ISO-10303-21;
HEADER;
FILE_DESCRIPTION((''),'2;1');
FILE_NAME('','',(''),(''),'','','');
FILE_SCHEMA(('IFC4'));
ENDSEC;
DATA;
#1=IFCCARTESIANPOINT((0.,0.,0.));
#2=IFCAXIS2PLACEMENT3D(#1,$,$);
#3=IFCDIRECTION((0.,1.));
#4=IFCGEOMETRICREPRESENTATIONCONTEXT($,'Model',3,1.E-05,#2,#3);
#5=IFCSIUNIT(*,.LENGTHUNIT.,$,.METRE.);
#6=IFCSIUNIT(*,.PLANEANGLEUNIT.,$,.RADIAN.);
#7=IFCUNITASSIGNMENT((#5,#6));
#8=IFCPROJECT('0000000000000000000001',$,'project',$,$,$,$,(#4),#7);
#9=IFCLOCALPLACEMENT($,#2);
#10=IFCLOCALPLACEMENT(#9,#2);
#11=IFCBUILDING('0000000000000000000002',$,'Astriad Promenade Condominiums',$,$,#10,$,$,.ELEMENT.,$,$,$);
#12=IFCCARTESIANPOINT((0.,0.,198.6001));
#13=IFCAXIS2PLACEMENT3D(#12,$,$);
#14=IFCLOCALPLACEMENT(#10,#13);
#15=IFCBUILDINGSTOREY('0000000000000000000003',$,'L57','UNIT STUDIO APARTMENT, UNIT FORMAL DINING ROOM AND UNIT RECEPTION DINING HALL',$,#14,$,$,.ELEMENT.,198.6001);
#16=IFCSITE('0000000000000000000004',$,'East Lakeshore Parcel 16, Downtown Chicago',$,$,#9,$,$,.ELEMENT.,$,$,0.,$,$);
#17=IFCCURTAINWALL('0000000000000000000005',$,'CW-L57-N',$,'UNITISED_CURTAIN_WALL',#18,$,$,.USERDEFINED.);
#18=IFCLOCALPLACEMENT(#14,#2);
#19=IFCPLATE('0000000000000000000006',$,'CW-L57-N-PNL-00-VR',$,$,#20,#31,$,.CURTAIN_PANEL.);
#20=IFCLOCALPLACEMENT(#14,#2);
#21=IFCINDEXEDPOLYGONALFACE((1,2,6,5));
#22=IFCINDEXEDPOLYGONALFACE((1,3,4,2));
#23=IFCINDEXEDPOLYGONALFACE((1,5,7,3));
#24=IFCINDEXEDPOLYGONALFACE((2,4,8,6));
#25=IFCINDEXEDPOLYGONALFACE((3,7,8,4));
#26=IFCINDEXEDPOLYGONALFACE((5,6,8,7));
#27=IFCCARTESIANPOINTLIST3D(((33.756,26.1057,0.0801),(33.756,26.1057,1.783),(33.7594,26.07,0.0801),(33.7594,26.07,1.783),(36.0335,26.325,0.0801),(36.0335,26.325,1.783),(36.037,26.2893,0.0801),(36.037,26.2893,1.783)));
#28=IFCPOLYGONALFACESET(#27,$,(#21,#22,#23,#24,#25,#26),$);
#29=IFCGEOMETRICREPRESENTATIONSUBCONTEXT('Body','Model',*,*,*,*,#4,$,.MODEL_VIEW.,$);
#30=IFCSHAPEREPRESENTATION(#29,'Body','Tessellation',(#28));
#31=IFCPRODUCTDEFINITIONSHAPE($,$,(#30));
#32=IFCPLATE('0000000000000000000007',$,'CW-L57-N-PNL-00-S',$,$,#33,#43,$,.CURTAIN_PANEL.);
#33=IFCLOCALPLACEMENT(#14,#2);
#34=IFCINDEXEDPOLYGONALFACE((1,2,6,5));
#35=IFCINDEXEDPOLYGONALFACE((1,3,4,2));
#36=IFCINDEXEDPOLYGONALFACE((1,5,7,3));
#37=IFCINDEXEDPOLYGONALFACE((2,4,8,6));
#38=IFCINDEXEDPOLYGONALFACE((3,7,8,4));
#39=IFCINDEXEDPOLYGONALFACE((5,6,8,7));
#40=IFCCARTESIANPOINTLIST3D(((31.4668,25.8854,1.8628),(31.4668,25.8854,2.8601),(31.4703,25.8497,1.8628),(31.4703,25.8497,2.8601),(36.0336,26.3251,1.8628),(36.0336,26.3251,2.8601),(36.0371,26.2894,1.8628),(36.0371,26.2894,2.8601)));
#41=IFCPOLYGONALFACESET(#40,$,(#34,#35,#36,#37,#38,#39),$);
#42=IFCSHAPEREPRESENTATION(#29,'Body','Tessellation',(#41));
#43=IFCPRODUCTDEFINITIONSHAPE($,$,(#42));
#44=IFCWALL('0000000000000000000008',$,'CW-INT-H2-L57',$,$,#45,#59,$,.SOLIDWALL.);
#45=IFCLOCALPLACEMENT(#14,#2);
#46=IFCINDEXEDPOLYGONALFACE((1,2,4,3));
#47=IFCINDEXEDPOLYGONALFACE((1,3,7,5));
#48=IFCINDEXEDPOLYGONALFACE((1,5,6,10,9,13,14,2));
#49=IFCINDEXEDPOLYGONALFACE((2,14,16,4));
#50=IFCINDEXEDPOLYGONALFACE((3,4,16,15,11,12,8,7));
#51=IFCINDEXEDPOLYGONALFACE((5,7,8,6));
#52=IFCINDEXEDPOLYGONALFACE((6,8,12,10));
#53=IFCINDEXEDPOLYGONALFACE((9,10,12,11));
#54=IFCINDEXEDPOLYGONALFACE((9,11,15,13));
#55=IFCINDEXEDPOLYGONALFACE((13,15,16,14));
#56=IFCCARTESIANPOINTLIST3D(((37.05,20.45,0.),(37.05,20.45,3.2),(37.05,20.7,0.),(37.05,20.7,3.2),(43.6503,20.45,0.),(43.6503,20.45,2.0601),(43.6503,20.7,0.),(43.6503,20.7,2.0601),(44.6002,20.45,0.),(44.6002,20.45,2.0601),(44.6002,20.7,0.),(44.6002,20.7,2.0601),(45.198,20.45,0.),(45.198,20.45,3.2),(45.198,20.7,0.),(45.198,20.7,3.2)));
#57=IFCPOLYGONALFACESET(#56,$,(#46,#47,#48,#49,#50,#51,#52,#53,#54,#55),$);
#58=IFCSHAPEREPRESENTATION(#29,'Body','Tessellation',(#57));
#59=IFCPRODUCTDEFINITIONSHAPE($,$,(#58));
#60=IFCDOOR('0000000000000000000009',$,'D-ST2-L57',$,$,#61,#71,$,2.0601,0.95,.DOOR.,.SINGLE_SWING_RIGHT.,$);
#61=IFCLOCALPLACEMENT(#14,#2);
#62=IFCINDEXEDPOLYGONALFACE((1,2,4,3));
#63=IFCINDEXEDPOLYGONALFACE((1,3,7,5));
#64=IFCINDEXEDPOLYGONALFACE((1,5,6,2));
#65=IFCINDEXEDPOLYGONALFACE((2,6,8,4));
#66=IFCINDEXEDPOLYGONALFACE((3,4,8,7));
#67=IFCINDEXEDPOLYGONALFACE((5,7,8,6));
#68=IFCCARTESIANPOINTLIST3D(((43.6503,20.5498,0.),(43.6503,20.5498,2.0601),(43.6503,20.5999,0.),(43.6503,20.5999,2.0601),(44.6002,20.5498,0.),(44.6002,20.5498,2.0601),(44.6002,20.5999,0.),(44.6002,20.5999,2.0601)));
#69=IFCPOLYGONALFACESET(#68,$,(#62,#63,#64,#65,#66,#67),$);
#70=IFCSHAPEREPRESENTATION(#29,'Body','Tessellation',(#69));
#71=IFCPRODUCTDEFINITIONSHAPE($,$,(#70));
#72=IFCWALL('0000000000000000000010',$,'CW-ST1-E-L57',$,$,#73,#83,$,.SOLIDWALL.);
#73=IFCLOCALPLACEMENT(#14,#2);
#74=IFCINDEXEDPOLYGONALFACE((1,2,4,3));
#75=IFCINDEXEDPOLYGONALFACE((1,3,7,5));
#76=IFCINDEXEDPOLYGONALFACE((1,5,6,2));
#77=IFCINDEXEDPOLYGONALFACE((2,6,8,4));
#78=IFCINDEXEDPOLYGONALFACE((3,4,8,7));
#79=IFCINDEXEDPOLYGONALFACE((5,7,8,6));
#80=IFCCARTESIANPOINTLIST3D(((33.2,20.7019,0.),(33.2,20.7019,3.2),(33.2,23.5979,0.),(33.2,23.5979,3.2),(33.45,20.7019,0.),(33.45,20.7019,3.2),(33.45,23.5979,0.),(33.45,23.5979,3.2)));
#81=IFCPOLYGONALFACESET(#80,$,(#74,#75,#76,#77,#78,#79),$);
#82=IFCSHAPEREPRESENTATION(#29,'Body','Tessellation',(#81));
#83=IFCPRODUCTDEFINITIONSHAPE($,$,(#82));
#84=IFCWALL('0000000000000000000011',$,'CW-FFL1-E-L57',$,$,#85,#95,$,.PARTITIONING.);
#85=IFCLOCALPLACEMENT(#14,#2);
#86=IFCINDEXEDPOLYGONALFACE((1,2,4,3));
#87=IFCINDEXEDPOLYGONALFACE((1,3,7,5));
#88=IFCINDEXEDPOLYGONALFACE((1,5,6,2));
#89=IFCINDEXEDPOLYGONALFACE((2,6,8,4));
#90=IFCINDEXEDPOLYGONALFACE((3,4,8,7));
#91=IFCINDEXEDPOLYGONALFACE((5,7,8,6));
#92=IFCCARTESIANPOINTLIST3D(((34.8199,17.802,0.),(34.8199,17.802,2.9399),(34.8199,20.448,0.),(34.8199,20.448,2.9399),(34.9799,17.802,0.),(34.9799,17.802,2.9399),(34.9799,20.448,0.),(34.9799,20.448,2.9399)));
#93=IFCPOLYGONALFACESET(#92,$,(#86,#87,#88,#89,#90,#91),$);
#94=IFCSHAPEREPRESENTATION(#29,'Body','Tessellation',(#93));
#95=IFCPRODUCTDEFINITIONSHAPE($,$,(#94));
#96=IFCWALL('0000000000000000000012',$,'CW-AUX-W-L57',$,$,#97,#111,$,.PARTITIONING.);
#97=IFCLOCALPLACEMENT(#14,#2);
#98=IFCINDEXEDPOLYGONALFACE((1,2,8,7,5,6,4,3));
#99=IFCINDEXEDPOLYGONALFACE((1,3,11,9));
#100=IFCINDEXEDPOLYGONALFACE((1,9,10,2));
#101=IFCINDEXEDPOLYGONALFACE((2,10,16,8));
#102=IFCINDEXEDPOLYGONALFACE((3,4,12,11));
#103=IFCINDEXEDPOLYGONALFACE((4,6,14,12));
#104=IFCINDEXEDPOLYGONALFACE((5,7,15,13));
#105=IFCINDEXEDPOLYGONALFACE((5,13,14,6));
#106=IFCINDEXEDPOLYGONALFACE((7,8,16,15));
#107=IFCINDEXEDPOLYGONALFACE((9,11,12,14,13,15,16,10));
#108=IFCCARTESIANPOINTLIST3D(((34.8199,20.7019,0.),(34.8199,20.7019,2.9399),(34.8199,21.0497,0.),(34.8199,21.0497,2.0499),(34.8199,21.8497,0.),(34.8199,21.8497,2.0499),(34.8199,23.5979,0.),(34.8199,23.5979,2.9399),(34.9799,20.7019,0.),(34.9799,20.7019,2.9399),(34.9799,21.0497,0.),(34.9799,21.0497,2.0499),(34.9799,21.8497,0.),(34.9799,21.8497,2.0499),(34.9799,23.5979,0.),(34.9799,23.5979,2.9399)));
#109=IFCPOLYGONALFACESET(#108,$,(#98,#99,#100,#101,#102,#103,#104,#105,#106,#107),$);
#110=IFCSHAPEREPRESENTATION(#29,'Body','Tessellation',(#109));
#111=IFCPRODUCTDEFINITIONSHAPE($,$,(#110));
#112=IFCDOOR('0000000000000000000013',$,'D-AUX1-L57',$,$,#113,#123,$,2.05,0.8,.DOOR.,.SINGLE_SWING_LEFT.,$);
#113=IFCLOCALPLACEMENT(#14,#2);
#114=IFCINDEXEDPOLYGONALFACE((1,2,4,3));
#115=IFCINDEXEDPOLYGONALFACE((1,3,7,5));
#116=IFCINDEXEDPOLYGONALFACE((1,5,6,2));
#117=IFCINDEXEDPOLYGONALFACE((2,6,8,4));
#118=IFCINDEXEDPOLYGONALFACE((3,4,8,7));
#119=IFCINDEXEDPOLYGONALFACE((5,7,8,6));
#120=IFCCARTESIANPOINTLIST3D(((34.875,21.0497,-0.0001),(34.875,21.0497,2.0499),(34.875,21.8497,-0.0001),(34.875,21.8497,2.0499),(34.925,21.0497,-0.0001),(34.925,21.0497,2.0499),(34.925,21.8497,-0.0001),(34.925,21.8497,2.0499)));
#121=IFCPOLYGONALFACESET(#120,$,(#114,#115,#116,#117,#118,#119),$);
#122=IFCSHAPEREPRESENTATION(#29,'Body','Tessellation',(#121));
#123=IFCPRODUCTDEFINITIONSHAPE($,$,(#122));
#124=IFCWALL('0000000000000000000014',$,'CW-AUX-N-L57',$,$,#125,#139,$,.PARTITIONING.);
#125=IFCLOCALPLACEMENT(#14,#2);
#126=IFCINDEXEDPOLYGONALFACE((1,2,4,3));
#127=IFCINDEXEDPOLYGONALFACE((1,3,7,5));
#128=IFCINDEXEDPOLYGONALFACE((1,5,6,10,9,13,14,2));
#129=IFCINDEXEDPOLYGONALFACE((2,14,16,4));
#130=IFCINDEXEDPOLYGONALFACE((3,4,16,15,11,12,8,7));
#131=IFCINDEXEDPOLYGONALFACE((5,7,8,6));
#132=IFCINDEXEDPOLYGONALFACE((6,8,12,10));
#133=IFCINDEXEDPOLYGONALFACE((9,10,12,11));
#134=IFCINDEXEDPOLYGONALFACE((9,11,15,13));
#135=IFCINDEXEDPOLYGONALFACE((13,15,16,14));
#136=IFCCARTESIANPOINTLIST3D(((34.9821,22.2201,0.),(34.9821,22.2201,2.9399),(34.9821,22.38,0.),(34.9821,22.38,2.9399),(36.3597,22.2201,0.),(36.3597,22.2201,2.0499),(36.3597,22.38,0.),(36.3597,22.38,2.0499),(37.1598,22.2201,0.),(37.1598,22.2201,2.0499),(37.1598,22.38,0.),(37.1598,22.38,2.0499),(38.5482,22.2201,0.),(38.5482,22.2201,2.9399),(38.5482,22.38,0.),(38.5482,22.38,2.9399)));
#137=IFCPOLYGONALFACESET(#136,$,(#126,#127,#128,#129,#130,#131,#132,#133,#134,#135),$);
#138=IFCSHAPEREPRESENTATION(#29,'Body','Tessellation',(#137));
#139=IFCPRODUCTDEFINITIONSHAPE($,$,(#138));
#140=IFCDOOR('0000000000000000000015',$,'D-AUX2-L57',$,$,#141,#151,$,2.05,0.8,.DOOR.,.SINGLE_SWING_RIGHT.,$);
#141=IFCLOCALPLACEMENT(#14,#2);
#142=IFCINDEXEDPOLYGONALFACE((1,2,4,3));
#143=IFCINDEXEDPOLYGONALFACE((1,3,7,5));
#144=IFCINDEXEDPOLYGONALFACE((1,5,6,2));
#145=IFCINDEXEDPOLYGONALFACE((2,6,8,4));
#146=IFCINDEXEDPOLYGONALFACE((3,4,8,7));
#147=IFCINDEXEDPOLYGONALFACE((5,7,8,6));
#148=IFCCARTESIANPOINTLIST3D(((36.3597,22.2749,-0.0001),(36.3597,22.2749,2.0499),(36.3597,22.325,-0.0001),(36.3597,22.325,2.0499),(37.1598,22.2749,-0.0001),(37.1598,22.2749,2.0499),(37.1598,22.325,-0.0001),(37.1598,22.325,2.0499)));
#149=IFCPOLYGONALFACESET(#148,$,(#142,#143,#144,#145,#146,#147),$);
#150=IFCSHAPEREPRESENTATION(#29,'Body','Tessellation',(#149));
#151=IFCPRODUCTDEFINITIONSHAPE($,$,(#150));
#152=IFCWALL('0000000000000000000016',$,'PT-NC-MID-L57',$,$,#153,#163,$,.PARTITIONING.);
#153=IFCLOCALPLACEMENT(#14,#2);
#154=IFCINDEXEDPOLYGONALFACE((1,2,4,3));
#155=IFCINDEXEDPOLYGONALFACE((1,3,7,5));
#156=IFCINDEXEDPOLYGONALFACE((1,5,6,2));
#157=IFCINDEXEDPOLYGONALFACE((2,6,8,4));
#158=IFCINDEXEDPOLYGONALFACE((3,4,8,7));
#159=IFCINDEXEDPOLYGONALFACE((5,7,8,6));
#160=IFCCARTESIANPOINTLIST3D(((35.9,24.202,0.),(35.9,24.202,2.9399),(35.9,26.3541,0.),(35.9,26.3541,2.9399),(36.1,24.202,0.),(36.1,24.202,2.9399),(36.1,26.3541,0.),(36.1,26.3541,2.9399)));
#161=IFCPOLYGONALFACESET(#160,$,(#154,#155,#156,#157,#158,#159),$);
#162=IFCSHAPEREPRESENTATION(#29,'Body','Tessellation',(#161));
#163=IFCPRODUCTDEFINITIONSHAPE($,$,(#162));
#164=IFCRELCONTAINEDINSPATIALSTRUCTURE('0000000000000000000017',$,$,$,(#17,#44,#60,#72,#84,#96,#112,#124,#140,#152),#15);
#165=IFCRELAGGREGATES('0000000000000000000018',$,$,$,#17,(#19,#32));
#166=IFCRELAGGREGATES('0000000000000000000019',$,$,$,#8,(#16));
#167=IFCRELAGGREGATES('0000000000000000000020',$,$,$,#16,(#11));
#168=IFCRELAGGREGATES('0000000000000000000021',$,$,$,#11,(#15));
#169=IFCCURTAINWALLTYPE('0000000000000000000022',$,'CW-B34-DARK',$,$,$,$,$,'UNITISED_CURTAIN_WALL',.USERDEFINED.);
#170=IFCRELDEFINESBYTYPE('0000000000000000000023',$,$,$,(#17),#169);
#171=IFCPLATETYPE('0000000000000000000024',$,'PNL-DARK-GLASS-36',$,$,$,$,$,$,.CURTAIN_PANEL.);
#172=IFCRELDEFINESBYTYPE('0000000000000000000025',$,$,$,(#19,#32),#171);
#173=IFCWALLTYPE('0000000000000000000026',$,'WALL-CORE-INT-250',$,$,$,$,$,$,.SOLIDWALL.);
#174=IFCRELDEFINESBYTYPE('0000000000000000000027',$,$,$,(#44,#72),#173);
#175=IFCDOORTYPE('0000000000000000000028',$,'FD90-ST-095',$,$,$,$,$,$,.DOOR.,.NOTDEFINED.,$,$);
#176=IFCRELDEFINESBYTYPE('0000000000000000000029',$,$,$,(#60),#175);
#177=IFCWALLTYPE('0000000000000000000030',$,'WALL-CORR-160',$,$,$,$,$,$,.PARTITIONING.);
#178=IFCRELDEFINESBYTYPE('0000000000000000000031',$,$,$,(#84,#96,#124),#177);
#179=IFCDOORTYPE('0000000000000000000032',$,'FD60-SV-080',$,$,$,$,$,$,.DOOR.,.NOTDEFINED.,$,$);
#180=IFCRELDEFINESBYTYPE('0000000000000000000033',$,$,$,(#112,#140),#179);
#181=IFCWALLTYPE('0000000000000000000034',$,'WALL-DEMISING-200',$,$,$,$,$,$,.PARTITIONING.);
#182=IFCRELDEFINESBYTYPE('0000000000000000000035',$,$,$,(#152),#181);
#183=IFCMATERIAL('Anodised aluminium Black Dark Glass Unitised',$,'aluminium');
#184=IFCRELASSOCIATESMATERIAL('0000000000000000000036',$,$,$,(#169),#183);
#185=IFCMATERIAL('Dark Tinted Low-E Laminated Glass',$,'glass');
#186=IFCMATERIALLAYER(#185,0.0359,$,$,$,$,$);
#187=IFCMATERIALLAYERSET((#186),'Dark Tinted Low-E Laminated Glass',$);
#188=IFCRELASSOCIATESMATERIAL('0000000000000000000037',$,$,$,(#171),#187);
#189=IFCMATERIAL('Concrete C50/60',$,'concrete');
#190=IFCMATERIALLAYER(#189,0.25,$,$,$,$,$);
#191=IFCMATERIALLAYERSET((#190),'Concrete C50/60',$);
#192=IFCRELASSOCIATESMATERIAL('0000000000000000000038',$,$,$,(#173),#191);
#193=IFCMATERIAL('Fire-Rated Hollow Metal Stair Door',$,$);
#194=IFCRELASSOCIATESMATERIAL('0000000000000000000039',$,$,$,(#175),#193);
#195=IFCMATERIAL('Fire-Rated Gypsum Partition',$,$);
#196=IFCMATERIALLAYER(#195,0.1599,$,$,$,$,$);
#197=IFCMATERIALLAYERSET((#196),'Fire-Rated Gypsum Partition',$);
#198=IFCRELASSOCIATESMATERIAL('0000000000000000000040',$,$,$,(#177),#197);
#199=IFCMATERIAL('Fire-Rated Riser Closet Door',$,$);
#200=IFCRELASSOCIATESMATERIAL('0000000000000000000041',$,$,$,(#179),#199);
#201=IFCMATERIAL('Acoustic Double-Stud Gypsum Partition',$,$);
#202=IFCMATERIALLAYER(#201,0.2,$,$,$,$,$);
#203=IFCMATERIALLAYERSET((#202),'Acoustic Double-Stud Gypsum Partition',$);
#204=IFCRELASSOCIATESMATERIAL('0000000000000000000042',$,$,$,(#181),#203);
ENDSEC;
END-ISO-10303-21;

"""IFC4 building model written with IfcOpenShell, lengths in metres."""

from ifc_helpers import new_model, si_unit, direction, frame, frame_2d, origin, origin_2d, place, context, subcontext, project, spatial, rectangle, extrude, source, transform, mapped, material, layer, layer_set, type_object, type_shapes, element, fill, aggregate, save


model = new_model("IFC4")

# Units and contexts
model_context = context("Model", 3, precision=1e-05, world=origin(), true_north=direction((0.0, 1.0)))
body_context = subcontext(model_context, "Body", "Model", "MODEL_VIEW")
ifc_project = project(units=[si_unit("LENGTHUNIT", "METRE"), si_unit("PLANEANGLEUNIT", "RADIAN")], contexts=[model_context])

# Site, building, storey
site_placement = place(None, origin())
site = spatial("IfcSite", under=ifc_project, at=site_placement, Name="East Lakeshore Parcel 16, Downtown Chicago", CompositionType="ELEMENT", RefElevation=0.0)
building_placement = place(site_placement, origin())
building = spatial("IfcBuilding", under=site, at=building_placement, Name="Astriad Promenade Condominiums", CompositionType="ELEMENT")
storey_placement = place(building_placement, frame((0.0, 0.0, 198.6001)))
storey = spatial("IfcBuildingStorey", under=building, at=storey_placement, Name="L57", Description="UNIT STUDIO APARTMENT, UNIT FORMAL DINING ROOM AND UNIT RECEPTION DINING HALL", CompositionType="ELEMENT", Elevation=198.6001)

# Curtain wall, plates
ifc_material_1 = material(Name="Anodised aluminium Black Dark Glass Unitised", Category="aluminium")
curtain_wall_type = type_object("IfcCurtainWallType", Name="CW-B34-DARK", ElementType="UNITISED_CURTAIN_WALL", PredefinedType="USERDEFINED", material=ifc_material_1)
curtain_wall_placement = place(storey_placement, origin())
curtain_wall = element("IfcCurtainWall", 1, at=curtain_wall_placement, inside=storey, type_object=curtain_wall_type, Name="CW-L57-N", ObjectType="UNITISED_CURTAIN_WALL", PredefinedType="USERDEFINED")
ifc_material_2 = material(Name="Dark Tinted Low-E Laminated Glass", Category="glass")
ifc_layer_1 = layer(ifc_material_2, 0.0359)
ifc_layer_set_1 = layer_set([ifc_layer_1], Name="Dark Tinted Low-E Laminated Glass")
plate_type = type_object("IfcPlateType", Name="PNL-DARK-GLASS-36", PredefinedType="CURTAIN_PANEL", material=ifc_layer_set_1)
shared_shape_1 = source(origin(), body_context, "Body", "SweptSolid", [
    extrude(rectangle(XDim=2.2881, YDim=0.0359, at=origin_2d()), origin(), (0.0, 0.0, 1.0), 1.7029),
])
plate_1_placement = place(storey_placement, frame((34.8965, 26.1975, 0.0801), z_axis=(0.0, 0.0, 1.0), x_axis=(0.995396, 0.095846, 0.0)))
plate_1 = element("IfcPlate", 2, at=plate_1_placement, type_object=plate_type, Name="CW-L57-N-PNL-00-VR", PredefinedType="CURTAIN_PANEL", context=body_context, shape_type="MappedRepresentation", body=[
    mapped(shared_shape_1, transform((0.0, 0.0, 0.0), scale=1.0)),
])
shared_shape_2 = source(origin(), body_context, "Body", "SweptSolid", [
    extrude(rectangle(XDim=4.5879, YDim=0.0359, at=origin_2d()), origin(), (0.0, 0.0, 1.0), 0.9973),
])
type_shapes(plate_type, [shared_shape_1, shared_shape_2])
plate_2_placement = place(storey_placement, frame((33.752, 26.0874, 1.8628), z_axis=(0.0, 0.0, 1.0), x_axis=(0.995396, 0.095846, 0.0)))
plate_2 = element("IfcPlate", 3, at=plate_2_placement, type_object=plate_type, Name="CW-L57-N-PNL-00-S", PredefinedType="CURTAIN_PANEL", context=body_context, shape_type="MappedRepresentation", body=[
    mapped(shared_shape_2, transform((0.0, 0.0, 0.0), scale=1.0)),
])
aggregate(curtain_wall, [plate_1, plate_2])

# Wall, opening, door
ifc_material_3 = material(Name="Concrete C50/60", Category="concrete")
ifc_layer_2 = layer(ifc_material_3, 0.25)
ifc_layer_set_2 = layer_set([ifc_layer_2], Name="Concrete C50/60")
wall_type_1 = type_object("IfcWallType", Name="WALL-CORE-INT-250", PredefinedType="SOLIDWALL", material=ifc_layer_set_2)
wall_1_placement = place(storey_placement, frame((37.05, 20.575, 0.0), z_axis=(0.0, 0.0, 1.0), x_axis=(1.0, 0.0, 0.0)))
wall_1 = element("IfcWall", 4, at=wall_1_placement, inside=storey, type_object=wall_type_1, Name="CW-INT-H2-L57", PredefinedType="SOLIDWALL", context=body_context, shape_type="SweptSolid", body=[
    extrude(rectangle(XDim=8.1479, YDim=0.25, at=frame_2d((4.074, 0.0))), origin(), (0.0, 0.0, 1.0), 3.2),
])
opening_1_placement = place(wall_1_placement, frame((6.6001, 0.0, 0.0)))
opening_1 = element("IfcOpeningElement", 5, at=opening_1_placement, cuts=wall_1, PredefinedType="OPENING", context=body_context, shape_type="SweptSolid", body=[
    extrude(rectangle(XDim=0.95, YDim=2.0601, at=frame_2d((0.4751, 1.03))), frame((0.0, 0.135, 0.0), z_axis=(0.0, -1.0, 0.0), x_axis=(1.0, 0.0, 0.0)), (0.0, 0.0, 1.0), 0.27),
])
ifc_material_4 = material(Name="Fire-Rated Hollow Metal Stair Door")
door_type_1 = type_object("IfcDoorType", Name="FD90-ST-095", OperationType="NOTDEFINED", PredefinedType="DOOR", material=ifc_material_4)
shared_shape_3 = source(origin(), body_context, "Body", "SweptSolid", [
    extrude(rectangle(XDim=0.95, YDim=2.0601, at=frame_2d((0.4751, 1.03))), frame((0.0, 0.0249, 0.0), z_axis=(0.0, -1.0, 0.0), x_axis=(1.0, 0.0, 0.0)), (0.0, 0.0, 1.0), 0.05),
])
type_shapes(door_type_1, [shared_shape_3])
door_1_placement = place(opening_1_placement, origin())
door_1 = element("IfcDoor", 6, at=door_1_placement, inside=storey, type_object=door_type_1, Name="D-ST2-L57", OperationType="SINGLE_SWING_RIGHT", OverallHeight=2.0601, OverallWidth=0.95, PredefinedType="DOOR", context=body_context, shape_type="MappedRepresentation", body=[
    mapped(shared_shape_3, transform((0.0, 0.0, 0.0), scale=1.0)),
])
fill(opening_1, door_1)

# Walls
wall_2_placement = place(storey_placement, frame((33.325, 20.7019, 0.0), z_axis=(0.0, 0.0, 1.0), x_axis=(0.0, 1.0, 0.0)))
element("IfcWall", 7, at=wall_2_placement, inside=storey, type_object=wall_type_1, Name="CW-ST1-E-L57", PredefinedType="SOLIDWALL", context=body_context, shape_type="SweptSolid", body=[
    extrude(rectangle(XDim=2.896, YDim=0.25, at=frame_2d((1.448, 0.0))), origin(), (0.0, 0.0, 1.0), 3.2),
])
ifc_material_5 = material(Name="Fire-Rated Gypsum Partition")
ifc_layer_3 = layer(ifc_material_5, 0.1599)
ifc_layer_set_3 = layer_set([ifc_layer_3], Name="Fire-Rated Gypsum Partition")
wall_type_2 = type_object("IfcWallType", Name="WALL-CORR-160", PredefinedType="PARTITIONING", material=ifc_layer_set_3)
wall_3_placement = place(storey_placement, frame((34.8999, 17.802, 0.0), z_axis=(0.0, 0.0, 1.0), x_axis=(0.0, 1.0, 0.0)))
element("IfcWall", 8, at=wall_3_placement, inside=storey, type_object=wall_type_2, Name="CW-FFL1-E-L57", PredefinedType="PARTITIONING", context=body_context, shape_type="SweptSolid", body=[
    extrude(rectangle(XDim=2.646, YDim=0.1599, at=frame_2d((1.323, 0.0))), origin(), (0.0, 0.0, 1.0), 2.9399),
])

# Walls, openings, doors
wall_4_placement = place(storey_placement, frame((34.8999, 20.7019, 0.0), z_axis=(0.0, 0.0, 1.0), x_axis=(0.0, 1.0, 0.0)))
wall_4 = element("IfcWall", 9, at=wall_4_placement, inside=storey, type_object=wall_type_2, Name="CW-AUX-W-L57", PredefinedType="PARTITIONING", context=body_context, shape_type="SweptSolid", body=[
    extrude(rectangle(XDim=2.896, YDim=0.1599, at=frame_2d((1.448, 0.0))), origin(), (0.0, 0.0, 1.0), 2.9399),
])
opening_2_placement = place(wall_4_placement, frame((0.3479, 0.0, 0.0)))
opening_2 = element("IfcOpeningElement", 10, at=opening_2_placement, cuts=wall_4, PredefinedType="OPENING", context=body_context, shape_type="SweptSolid", body=[
    extrude(rectangle(XDim=0.8, YDim=2.05, at=frame_2d((0.3999, 1.0249))), frame((0.0, 0.0898, 0.0), z_axis=(0.0, -1.0, 0.0), x_axis=(1.0, 0.0, 0.0)), (0.0, 0.0, 1.0), 0.1799),
])
ifc_material_6 = material(Name="Fire-Rated Riser Closet Door")
door_type_2 = type_object("IfcDoorType", Name="FD60-SV-080", OperationType="NOTDEFINED", PredefinedType="DOOR", material=ifc_material_6)
shared_shape_4 = source(origin(), body_context, "Body", "SweptSolid", [
    extrude(rectangle(XDim=0.8, YDim=2.05, at=frame_2d((0.3999, 1.0249))), frame((0.0, 0.0249, 0.0), z_axis=(0.0, -1.0, 0.0), x_axis=(1.0, 0.0, 0.0)), (0.0, 0.0, 1.0), 0.05),
])
type_shapes(door_type_2, [shared_shape_4])
door_2_placement = place(opening_2_placement, origin())
door_2 = element("IfcDoor", 11, at=door_2_placement, inside=storey, type_object=door_type_2, Name="D-AUX1-L57", OperationType="SINGLE_SWING_LEFT", OverallHeight=2.05, OverallWidth=0.8, PredefinedType="DOOR", context=body_context, shape_type="MappedRepresentation", body=[
    mapped(shared_shape_4, transform((0.0, 0.0, 0.0), scale=1.0)),
])
fill(opening_2, door_2)
wall_5_placement = place(storey_placement, frame((34.9819, 22.3, 0.0), z_axis=(0.0, 0.0, 1.0), x_axis=(1.0, 0.0, 0.0)))
wall_5 = element("IfcWall", 12, at=wall_5_placement, inside=storey, type_object=wall_type_2, Name="CW-AUX-N-L57", PredefinedType="PARTITIONING", context=body_context, shape_type="SweptSolid", body=[
    extrude(rectangle(XDim=3.5662, YDim=0.1599, at=frame_2d((1.7832, 0.0))), origin(), (0.0, 0.0, 1.0), 2.9399),
])
opening_3_placement = place(wall_5_placement, frame((1.3779, 0.0, 0.0)))
opening_3 = element("IfcOpeningElement", 13, at=opening_3_placement, cuts=wall_5, PredefinedType="OPENING", context=body_context, shape_type="SweptSolid", body=[
    extrude(rectangle(XDim=0.8, YDim=2.05, at=frame_2d((0.3999, 1.0249))), frame((0.0, 0.0898, 0.0), z_axis=(0.0, -1.0, 0.0), x_axis=(1.0, 0.0, 0.0)), (0.0, 0.0, 1.0), 0.1799),
])
door_3_placement = place(opening_3_placement, origin())
door_3 = element("IfcDoor", 14, at=door_3_placement, inside=storey, type_object=door_type_2, Name="D-AUX2-L57", OperationType="SINGLE_SWING_RIGHT", OverallHeight=2.05, OverallWidth=0.8, PredefinedType="DOOR", context=body_context, shape_type="MappedRepresentation", body=[
    mapped(shared_shape_4, transform((0.0, 0.0, 0.0), scale=1.0)),
])
fill(opening_3, door_3)

# Wall
ifc_material_7 = material(Name="Acoustic Double-Stud Gypsum Partition")
ifc_layer_4 = layer(ifc_material_7, 0.2)
ifc_layer_set_4 = layer_set([ifc_layer_4], Name="Acoustic Double-Stud Gypsum Partition")
wall_type_3 = type_object("IfcWallType", Name="WALL-DEMISING-200", PredefinedType="PARTITIONING", material=ifc_layer_set_4)
wall_6_placement = place(storey_placement, frame((36.0, 24.2019, 0.0), z_axis=(0.0, 0.0, 1.0), x_axis=(0.0, 1.0, 0.0)))
element("IfcWall", 15, at=wall_6_placement, inside=storey, type_object=wall_type_3, Name="PT-NC-MID-L57", PredefinedType="PARTITIONING", context=body_context, shape_type="SweptSolid", body=[
    extrude(rectangle(XDim=2.1521, YDim=0.2, at=frame_2d((1.0762, 0.0))), origin(), (0.0, 0.0, 1.0), 2.9399),
])

save(model, "model.ifc")
